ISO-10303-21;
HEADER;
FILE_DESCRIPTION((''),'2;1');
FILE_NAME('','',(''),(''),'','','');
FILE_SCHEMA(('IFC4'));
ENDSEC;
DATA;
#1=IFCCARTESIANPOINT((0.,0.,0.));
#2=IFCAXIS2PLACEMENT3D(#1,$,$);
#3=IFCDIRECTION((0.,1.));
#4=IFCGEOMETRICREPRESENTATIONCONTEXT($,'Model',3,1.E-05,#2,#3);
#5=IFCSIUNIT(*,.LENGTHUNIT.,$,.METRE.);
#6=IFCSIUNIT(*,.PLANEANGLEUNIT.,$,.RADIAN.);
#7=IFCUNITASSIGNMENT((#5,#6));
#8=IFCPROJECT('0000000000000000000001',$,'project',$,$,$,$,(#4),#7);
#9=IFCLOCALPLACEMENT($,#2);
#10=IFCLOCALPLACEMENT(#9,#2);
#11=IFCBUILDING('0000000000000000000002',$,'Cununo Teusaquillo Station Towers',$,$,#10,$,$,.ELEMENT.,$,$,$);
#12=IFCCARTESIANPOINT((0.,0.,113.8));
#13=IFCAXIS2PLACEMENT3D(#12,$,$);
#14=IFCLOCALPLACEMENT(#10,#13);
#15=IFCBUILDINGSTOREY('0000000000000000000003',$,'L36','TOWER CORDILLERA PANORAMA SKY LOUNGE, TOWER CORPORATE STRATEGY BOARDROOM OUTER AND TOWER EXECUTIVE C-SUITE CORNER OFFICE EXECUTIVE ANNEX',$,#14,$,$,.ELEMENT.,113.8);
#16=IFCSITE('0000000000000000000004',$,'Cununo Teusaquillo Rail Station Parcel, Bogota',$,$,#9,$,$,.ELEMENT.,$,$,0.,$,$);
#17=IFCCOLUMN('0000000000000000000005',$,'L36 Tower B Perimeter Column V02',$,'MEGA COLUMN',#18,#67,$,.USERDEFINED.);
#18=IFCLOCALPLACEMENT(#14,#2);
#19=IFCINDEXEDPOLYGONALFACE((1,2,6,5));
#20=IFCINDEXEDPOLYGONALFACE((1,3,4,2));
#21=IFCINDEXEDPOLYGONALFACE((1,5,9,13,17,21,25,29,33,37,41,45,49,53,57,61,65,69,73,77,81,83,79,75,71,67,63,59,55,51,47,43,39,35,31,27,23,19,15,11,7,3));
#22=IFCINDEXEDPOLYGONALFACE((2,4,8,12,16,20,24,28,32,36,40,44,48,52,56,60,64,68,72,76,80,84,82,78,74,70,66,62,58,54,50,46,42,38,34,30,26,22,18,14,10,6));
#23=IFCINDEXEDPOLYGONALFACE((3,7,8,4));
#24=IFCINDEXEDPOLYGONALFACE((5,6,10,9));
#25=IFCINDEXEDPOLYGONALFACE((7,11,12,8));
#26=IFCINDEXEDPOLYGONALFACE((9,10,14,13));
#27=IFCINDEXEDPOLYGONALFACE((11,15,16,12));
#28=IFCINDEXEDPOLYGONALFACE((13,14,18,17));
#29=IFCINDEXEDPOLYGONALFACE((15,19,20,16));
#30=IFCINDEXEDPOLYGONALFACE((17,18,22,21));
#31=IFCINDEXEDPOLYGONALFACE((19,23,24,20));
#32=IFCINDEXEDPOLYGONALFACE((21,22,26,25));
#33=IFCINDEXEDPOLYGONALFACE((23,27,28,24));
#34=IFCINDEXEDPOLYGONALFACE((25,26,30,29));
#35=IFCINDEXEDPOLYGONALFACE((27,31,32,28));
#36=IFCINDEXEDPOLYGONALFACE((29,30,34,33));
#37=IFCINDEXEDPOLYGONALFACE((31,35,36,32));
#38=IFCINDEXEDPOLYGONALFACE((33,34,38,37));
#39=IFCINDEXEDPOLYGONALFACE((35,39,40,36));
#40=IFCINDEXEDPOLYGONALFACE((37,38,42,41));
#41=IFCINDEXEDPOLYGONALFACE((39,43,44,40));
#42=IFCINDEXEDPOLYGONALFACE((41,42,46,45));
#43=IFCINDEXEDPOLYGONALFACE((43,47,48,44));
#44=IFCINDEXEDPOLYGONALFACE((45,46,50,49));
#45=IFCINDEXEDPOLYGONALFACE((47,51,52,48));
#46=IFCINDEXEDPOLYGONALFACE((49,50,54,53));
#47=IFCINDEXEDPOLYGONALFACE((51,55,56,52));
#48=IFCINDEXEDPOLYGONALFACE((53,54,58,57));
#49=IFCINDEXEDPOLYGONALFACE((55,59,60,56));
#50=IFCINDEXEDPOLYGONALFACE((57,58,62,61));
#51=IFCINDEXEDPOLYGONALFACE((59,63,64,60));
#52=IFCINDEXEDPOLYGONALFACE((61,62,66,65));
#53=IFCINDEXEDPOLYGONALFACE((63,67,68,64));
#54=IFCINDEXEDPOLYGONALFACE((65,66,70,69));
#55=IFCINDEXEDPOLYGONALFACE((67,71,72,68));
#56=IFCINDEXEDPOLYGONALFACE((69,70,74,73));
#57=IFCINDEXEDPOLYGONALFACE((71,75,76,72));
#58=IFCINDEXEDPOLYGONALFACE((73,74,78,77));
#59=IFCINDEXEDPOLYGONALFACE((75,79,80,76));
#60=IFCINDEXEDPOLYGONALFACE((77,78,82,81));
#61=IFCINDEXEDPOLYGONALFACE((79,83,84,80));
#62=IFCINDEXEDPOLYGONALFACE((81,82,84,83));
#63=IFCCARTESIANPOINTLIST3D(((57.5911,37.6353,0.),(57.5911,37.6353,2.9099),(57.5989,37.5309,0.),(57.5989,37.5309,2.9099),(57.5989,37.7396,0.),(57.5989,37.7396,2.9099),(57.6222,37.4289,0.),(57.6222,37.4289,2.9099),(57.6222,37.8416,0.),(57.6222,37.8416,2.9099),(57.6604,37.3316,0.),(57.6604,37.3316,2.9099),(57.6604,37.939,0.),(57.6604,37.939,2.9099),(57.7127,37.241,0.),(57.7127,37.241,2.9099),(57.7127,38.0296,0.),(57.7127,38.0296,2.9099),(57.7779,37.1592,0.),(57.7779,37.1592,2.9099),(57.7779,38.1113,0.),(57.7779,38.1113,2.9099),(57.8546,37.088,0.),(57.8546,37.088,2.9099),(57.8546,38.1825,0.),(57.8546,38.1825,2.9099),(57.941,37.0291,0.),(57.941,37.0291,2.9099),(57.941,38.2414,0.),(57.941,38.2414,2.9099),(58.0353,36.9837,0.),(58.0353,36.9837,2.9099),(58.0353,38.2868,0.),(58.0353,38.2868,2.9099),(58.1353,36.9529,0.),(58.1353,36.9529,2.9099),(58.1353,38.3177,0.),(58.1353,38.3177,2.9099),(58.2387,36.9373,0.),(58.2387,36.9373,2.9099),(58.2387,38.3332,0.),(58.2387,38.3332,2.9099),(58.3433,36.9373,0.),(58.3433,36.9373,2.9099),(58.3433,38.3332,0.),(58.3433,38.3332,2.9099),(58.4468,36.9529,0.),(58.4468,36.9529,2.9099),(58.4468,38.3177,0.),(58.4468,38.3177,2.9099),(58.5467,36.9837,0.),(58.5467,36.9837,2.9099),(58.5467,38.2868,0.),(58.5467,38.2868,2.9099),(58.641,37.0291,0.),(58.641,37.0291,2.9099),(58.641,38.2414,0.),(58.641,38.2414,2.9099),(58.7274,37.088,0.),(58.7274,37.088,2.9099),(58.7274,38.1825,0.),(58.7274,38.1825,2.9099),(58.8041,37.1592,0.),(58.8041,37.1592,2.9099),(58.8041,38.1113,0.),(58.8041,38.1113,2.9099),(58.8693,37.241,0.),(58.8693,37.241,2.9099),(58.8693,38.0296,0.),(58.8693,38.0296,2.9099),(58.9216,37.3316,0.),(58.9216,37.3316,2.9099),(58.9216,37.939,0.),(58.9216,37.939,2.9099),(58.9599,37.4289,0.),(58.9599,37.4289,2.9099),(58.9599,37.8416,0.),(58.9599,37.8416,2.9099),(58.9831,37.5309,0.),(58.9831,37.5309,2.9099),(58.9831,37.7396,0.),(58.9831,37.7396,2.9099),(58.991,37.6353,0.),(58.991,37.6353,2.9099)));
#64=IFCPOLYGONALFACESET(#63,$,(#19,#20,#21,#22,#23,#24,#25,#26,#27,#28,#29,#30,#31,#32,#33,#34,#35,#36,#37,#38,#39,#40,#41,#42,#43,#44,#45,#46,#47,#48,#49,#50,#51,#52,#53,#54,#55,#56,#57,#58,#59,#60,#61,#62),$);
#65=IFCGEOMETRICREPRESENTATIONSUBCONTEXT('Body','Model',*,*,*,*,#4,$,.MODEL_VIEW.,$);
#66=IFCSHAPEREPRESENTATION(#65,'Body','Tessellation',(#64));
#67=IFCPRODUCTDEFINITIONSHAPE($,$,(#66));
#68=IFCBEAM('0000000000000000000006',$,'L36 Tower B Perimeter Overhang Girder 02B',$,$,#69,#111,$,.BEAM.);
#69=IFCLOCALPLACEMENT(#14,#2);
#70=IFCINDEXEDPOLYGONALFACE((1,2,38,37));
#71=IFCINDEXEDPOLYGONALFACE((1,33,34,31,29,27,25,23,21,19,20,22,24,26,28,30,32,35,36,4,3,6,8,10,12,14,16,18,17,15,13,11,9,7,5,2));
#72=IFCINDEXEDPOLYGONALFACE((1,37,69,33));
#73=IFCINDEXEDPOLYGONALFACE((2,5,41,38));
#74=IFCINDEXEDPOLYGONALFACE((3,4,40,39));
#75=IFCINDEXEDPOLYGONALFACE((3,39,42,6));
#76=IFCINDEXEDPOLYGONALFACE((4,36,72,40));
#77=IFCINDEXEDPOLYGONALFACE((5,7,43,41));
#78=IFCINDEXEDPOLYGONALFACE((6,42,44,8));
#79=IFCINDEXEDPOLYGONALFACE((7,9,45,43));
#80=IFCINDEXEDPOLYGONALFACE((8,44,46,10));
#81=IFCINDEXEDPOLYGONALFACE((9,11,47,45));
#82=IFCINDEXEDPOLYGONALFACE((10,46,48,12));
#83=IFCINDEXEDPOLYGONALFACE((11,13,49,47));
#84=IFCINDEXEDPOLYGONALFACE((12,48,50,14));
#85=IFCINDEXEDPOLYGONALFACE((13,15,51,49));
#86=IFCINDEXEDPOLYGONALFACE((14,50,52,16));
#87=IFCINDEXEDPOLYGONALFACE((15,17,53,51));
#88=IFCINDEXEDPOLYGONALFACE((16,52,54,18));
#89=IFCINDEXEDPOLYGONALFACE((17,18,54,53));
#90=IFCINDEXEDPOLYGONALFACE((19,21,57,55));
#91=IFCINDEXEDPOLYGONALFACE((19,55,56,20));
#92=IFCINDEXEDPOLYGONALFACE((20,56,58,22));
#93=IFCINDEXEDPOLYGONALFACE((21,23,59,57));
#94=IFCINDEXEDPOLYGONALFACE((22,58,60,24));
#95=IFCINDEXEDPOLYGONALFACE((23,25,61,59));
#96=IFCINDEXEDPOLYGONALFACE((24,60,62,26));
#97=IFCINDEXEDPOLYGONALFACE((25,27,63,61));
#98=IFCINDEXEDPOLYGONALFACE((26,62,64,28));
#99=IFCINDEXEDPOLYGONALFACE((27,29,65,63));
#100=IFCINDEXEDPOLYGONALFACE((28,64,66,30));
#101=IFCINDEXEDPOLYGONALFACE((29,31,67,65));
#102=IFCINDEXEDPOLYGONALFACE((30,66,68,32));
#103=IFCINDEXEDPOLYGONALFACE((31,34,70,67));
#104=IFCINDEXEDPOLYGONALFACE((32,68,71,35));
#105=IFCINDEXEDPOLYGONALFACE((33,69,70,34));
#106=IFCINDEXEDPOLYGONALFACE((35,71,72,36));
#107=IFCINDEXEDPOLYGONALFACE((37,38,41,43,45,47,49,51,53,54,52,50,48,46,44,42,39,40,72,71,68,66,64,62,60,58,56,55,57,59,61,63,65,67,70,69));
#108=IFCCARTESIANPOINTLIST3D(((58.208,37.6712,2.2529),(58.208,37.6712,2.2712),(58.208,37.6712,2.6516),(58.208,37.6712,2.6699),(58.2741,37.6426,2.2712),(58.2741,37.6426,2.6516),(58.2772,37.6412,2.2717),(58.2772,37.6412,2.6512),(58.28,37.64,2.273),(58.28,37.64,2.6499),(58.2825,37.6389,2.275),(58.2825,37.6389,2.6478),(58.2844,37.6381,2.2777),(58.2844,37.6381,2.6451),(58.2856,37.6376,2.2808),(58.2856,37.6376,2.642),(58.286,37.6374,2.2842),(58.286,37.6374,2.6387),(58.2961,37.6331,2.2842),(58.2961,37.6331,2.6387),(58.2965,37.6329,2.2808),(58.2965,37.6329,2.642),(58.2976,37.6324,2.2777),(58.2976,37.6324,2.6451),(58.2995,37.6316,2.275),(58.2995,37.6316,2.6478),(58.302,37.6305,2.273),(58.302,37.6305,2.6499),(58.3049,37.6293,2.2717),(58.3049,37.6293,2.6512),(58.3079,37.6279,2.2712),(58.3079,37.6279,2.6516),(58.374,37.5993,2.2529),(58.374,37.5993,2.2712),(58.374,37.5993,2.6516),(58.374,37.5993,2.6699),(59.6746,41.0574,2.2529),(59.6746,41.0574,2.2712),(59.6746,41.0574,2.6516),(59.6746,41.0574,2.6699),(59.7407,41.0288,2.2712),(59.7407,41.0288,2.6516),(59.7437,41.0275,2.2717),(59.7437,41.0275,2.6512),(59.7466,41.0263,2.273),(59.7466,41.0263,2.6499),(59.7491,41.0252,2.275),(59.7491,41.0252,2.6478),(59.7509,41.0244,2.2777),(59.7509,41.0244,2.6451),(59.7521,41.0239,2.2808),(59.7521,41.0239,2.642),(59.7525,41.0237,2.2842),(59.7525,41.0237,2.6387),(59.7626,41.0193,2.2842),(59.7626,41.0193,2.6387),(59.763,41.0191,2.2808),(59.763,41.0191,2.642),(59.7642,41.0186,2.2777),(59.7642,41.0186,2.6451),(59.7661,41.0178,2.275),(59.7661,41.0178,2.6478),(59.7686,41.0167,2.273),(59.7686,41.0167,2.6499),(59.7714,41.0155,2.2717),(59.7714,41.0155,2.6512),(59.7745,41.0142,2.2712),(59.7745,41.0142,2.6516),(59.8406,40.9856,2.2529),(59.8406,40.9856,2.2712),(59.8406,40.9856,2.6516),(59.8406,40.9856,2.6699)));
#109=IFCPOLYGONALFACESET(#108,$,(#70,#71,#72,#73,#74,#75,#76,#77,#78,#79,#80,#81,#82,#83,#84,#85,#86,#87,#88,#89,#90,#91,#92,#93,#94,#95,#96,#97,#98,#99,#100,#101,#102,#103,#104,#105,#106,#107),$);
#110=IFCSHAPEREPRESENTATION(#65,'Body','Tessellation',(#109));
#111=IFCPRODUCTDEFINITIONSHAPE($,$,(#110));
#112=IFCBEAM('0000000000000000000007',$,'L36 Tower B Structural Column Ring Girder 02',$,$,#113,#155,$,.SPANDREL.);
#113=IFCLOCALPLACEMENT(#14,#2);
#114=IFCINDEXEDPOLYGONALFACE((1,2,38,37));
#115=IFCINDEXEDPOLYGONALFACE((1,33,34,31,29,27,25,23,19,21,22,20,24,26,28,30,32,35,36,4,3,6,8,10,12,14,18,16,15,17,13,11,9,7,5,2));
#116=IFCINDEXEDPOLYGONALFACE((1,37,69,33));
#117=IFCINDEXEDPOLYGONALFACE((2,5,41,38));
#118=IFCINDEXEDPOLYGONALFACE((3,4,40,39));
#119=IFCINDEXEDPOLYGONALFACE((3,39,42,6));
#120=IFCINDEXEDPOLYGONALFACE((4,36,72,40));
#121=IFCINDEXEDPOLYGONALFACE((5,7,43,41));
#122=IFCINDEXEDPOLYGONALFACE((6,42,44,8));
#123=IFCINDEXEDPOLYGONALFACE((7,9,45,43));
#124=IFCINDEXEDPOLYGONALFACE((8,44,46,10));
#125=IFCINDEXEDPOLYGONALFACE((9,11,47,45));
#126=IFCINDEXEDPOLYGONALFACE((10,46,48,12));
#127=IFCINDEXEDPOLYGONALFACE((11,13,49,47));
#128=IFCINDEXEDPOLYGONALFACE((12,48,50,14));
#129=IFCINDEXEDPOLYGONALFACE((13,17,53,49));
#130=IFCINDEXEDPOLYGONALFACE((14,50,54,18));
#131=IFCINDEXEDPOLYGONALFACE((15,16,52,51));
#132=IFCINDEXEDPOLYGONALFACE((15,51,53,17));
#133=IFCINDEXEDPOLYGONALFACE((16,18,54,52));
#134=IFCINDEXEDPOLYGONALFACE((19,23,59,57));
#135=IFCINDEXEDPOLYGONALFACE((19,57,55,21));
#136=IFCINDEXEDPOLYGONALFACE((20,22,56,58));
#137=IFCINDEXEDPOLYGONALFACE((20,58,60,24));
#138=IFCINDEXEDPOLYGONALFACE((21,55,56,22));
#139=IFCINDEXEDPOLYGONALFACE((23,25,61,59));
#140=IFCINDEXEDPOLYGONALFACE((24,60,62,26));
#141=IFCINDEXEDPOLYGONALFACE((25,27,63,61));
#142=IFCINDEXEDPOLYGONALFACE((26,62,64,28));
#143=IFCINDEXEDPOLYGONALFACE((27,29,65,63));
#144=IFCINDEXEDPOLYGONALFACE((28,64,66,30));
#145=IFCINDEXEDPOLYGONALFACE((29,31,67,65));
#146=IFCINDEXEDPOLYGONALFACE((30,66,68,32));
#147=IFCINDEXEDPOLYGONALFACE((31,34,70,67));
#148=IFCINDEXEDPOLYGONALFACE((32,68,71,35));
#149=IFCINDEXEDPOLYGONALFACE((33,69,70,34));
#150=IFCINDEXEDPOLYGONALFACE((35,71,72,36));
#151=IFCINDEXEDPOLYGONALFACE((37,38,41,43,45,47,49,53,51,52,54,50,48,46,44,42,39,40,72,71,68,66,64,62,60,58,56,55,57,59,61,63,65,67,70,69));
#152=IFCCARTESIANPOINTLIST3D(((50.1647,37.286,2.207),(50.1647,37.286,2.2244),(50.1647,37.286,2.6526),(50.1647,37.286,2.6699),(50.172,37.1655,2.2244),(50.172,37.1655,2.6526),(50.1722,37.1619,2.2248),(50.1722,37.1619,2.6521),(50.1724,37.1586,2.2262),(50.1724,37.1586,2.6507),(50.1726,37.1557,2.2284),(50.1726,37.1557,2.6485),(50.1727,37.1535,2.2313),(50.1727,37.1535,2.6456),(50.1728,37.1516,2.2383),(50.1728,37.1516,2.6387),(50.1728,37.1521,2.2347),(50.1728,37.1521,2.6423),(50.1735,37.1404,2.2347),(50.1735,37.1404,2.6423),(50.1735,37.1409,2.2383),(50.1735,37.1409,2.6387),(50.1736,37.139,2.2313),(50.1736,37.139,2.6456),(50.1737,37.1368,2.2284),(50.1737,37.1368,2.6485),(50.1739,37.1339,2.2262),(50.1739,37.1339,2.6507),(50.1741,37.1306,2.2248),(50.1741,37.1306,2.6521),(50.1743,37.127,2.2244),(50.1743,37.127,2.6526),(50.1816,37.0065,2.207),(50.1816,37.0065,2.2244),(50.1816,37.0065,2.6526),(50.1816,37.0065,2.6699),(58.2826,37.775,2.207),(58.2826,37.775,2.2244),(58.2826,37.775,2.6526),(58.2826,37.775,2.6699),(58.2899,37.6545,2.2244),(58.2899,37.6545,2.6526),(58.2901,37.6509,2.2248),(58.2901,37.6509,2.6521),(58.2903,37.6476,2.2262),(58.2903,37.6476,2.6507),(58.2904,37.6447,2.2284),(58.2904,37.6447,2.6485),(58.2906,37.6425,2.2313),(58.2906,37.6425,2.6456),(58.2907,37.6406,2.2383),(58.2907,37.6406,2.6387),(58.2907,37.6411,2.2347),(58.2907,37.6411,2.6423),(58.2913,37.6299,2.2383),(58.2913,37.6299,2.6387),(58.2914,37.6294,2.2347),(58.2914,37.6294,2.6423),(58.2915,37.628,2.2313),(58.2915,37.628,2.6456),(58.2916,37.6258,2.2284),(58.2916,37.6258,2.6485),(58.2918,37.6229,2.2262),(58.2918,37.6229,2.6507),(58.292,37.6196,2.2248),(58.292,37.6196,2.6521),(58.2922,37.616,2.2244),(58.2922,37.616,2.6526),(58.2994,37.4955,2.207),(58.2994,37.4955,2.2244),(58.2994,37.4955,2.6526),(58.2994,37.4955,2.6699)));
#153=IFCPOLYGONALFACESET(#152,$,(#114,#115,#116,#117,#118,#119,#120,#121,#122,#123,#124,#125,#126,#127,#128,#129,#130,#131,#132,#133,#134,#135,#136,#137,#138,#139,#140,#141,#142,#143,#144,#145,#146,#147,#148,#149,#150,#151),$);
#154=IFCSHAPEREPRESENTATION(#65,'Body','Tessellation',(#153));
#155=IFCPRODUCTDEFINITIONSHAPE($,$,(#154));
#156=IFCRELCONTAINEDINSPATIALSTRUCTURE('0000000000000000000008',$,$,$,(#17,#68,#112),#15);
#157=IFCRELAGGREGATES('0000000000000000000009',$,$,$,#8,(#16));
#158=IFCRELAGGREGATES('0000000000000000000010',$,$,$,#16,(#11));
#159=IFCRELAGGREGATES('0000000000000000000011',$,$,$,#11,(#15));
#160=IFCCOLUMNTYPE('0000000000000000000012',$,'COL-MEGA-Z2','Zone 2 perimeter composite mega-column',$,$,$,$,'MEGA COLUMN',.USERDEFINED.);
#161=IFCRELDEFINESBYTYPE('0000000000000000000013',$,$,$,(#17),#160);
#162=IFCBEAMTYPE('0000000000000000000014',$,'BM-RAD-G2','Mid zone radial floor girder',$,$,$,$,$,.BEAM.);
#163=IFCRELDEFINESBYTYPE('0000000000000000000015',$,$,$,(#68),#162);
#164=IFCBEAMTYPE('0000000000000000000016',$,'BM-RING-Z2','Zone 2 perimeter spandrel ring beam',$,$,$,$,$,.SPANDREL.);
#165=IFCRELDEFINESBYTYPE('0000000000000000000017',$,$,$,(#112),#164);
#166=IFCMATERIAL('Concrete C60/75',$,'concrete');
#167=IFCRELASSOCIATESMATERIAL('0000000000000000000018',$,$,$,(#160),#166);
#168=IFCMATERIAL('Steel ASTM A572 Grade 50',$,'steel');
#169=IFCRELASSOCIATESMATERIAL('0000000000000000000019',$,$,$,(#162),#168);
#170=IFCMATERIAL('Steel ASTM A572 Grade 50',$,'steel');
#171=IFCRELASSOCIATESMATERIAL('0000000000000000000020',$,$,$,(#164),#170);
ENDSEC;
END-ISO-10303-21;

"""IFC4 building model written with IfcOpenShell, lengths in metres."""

from ifc_helpers import new_model, si_unit, direction, frame, origin, origin_2d, place, context, subcontext, project, spatial, circle, i_section, extrude, material, material_profile, profile_set, type_object, element, save


model = new_model("IFC4")

# Units and contexts
model_context = context("Model", 3, precision=1e-05, world=origin(), true_north=direction((0.0, 1.0)))
body_context = subcontext(model_context, "Body", "Model", "MODEL_VIEW")
ifc_project = project(units=[si_unit("LENGTHUNIT", "METRE"), si_unit("PLANEANGLEUNIT", "RADIAN")], contexts=[model_context])

# Site, building, storey
site_placement = place(None, origin())
site = spatial("IfcSite", under=ifc_project, at=site_placement, Name="Cununo Teusaquillo Rail Station Parcel, Bogota", CompositionType="ELEMENT", RefElevation=0.0)
building_placement = place(site_placement, origin())
building = spatial("IfcBuilding", under=site, at=building_placement, Name="Cununo Teusaquillo Station Towers", CompositionType="ELEMENT")
storey_placement = place(building_placement, frame((0.0, 0.0, 113.8)))
storey = spatial("IfcBuildingStorey", under=building, at=storey_placement, Name="L36", Description="TOWER CORDILLERA PANORAMA SKY LOUNGE, TOWER CORPORATE STRATEGY BOARDROOM OUTER AND TOWER EXECUTIVE C-SUITE CORNER OFFICE EXECUTIVE ANNEX", CompositionType="ELEMENT", Elevation=113.8)

# Column
ifc_material_1 = material(Name="Concrete C60/75", Category="concrete")
ifc_material_profile_1 = material_profile(ifc_material_1, circle(Radius=0.7, at=origin_2d()), Name="RC-CIRC-1400")
ifc_profile_set_1 = profile_set([ifc_material_profile_1], Name="Concrete C60/75")
column_type = type_object("IfcColumnType", Name="COL-MEGA-Z2", Description="Zone 2 perimeter composite mega-column", ElementType="MEGA COLUMN", PredefinedType="USERDEFINED", material=ifc_profile_set_1)
column_placement = place(storey_placement, frame((58.291, 37.6353, 0.0), z_axis=(0.0, 0.0, 1.0), x_axis=(1.0, 0.0, 0.0)))
element("IfcColumn", 1, at=column_placement, inside=storey, type_object=column_type, Name="L36 Tower B Perimeter Column V02", ObjectType="MEGA COLUMN", PredefinedType="USERDEFINED", context=body_context, shape_type="SweptSolid", body=[
    extrude(circle(Radius=0.7, at=origin_2d()), origin(), (0.0, 0.0, 1.0), 2.9099),
])

# Beams
ifc_material_2 = material(Name="Steel ASTM A572 Grade 50", Category="steel")
ifc_material_profile_2 = material_profile(ifc_material_2, i_section(OverallWidth=0.1809, OverallDepth=0.417, WebThickness=0.011, FlangeThickness=0.0183, FilletRadius=0.0129, at=origin_2d()), Name="W16X57")
ifc_profile_set_2 = profile_set([ifc_material_profile_2], Name="Steel ASTM A572 Grade 50")
beam_type_1 = type_object("IfcBeamType", Name="BM-RAD-G2", Description="Mid zone radial floor girder", PredefinedType="BEAM", material=ifc_profile_set_2)
beam_1_placement = place(storey_placement, frame((58.291, 37.6353, 2.4614), z_axis=(0.397422, 0.917636, 0.0), x_axis=(-0.917636, 0.397422, 0.0)))
element("IfcBeam", 2, at=beam_1_placement, inside=storey, type_object=beam_type_1, Name="L36 Tower B Perimeter Overhang Girder 02B", PredefinedType="BEAM", context=body_context, shape_type="SweptSolid", body=[
    extrude(i_section(OverallWidth=0.1809, OverallDepth=0.417, WebThickness=0.011, FlangeThickness=0.0183, FilletRadius=0.0129, at=origin_2d()), origin(), (0.0, 0.0, 1.0), 3.6902),
])
ifc_material_3 = material(Name="Steel ASTM A572 Grade 50", Category="steel")
ifc_material_profile_3 = material_profile(ifc_material_3, i_section(OverallWidth=0.28, OverallDepth=0.4629, WebThickness=0.0107, FlangeThickness=0.0173, FilletRadius=0.0139, at=origin_2d()), Name="W18X76")
ifc_profile_set_3 = profile_set([ifc_material_profile_3], Name="Steel ASTM A572 Grade 50")
beam_type_2 = type_object("IfcBeamType", Name="BM-RING-Z2", Description="Zone 2 perimeter spandrel ring beam", PredefinedType="SPANDREL", material=ifc_profile_set_3)
beam_2_placement = place(storey_placement, frame((58.291, 37.6353, 2.4385), z_axis=(-0.998191, -0.06013, 0.0), x_axis=(0.06013, -0.998191, 0.0)))
element("IfcBeam", 3, at=beam_2_placement, inside=storey, type_object=beam_type_2, Name="L36 Tower B Structural Column Ring Girder 02", PredefinedType="SPANDREL", context=body_context, shape_type="SweptSolid", body=[
    extrude(i_section(OverallWidth=0.28, OverallDepth=0.4629, WebThickness=0.0107, FlangeThickness=0.0173, FilletRadius=0.0139, at=origin_2d()), origin(), (0.0, 0.0, 1.0), 8.1326),
])

save(model, "model.ifc")
